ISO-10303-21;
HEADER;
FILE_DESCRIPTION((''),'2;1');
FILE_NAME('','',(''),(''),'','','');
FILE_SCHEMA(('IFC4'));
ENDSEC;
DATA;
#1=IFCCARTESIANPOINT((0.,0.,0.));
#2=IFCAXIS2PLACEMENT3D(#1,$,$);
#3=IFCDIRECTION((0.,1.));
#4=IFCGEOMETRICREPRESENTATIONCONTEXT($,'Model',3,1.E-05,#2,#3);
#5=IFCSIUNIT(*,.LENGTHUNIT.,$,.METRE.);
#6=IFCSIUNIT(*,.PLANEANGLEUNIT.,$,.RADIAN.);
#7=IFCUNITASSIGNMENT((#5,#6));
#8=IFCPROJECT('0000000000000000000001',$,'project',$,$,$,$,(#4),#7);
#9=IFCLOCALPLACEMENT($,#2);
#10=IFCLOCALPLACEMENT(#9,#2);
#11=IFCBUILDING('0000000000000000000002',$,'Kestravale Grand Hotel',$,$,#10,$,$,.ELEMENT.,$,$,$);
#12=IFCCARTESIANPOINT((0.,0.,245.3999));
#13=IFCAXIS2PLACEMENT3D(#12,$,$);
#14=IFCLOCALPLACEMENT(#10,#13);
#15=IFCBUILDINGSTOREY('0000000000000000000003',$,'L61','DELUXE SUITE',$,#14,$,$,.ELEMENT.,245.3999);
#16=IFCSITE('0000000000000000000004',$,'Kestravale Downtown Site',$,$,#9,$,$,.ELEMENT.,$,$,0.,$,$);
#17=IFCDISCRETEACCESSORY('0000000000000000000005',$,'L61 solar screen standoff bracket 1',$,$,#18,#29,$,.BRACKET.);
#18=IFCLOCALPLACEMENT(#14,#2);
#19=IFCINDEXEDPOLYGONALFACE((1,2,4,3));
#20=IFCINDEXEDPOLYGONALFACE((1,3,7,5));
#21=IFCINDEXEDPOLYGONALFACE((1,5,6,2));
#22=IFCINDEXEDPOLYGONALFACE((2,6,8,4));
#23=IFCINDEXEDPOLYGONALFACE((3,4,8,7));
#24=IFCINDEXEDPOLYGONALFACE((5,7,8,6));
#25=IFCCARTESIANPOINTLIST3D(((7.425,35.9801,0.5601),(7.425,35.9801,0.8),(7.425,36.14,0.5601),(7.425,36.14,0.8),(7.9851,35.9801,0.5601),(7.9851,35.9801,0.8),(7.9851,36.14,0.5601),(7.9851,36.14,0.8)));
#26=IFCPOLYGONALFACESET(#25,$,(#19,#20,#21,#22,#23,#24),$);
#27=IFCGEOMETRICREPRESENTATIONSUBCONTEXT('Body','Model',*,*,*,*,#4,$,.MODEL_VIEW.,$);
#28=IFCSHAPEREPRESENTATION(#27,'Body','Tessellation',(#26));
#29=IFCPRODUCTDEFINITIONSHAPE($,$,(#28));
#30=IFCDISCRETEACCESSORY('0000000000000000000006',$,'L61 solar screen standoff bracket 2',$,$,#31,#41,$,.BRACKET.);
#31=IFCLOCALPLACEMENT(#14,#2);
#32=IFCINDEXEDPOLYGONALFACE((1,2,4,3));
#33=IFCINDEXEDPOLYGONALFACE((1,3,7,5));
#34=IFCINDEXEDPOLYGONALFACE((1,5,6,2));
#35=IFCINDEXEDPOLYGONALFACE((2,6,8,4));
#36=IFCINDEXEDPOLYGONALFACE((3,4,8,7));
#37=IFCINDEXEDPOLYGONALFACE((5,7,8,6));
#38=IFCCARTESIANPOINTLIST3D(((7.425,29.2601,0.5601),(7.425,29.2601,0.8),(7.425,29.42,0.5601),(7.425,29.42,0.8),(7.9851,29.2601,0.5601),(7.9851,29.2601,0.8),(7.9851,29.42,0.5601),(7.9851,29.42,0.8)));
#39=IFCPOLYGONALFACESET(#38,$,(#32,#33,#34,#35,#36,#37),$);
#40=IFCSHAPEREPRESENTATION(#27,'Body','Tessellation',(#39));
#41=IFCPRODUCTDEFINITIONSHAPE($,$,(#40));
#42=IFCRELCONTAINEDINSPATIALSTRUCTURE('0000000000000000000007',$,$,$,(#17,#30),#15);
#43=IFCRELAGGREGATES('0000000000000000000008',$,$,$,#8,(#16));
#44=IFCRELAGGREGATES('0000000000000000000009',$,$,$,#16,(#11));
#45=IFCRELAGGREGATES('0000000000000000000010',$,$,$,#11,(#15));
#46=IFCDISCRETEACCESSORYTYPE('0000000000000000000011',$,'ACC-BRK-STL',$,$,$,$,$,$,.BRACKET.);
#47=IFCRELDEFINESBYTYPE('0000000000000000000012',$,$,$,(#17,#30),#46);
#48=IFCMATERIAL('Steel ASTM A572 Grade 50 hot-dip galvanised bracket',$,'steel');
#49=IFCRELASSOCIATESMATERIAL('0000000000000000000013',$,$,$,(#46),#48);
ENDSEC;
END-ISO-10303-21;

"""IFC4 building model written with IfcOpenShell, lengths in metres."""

from ifc_helpers import new_model, si_unit, direction, frame, origin, origin_2d, place, context, subcontext, project, spatial, rectangle, extrude, material, type_object, element, save


model = new_model("IFC4")

# Units and contexts
model_context = context("Model", 3, precision=1e-05, world=origin(), true_north=direction((0.0, 1.0)))
body_context = subcontext(model_context, "Body", "Model", "MODEL_VIEW")
ifc_project = project(units=[si_unit("LENGTHUNIT", "METRE"), si_unit("PLANEANGLEUNIT", "RADIAN")], contexts=[model_context])

# Site, building, storey
site_placement = place(None, origin())
site = spatial("IfcSite", under=ifc_project, at=site_placement, Name="Kestravale Downtown Site", CompositionType="ELEMENT", RefElevation=0.0)
building_placement = place(site_placement, origin())
building = spatial("IfcBuilding", under=site, at=building_placement, Name="Kestravale Grand Hotel", CompositionType="ELEMENT")
storey_placement = place(building_placement, frame((0.0, 0.0, 245.3999)))
storey = spatial("IfcBuildingStorey", under=building, at=storey_placement, Name="L61", Description="DELUXE SUITE", CompositionType="ELEMENT", Elevation=245.3999)

# Discrete accessories
ifc_material_1 = material(Name="Steel ASTM A572 Grade 50 hot-dip galvanised bracket", Category="steel")
discrete_accessory_type = type_object("IfcDiscreteAccessoryType", Name="ACC-BRK-STL", PredefinedType="BRACKET", material=ifc_material_1)
for number, where, z_axis, x_axis, name in (
    (1, (7.7051, 36.0601, 0.5601), (0.0, 0.0, 1.0), (0.0, -1.0, 0.0), "L61 solar screen standoff bracket 1"),
    (2, (7.7051, 29.3401, 0.5601), (0.0, 0.0, 1.0), (0.0, -1.0, 0.0), "L61 solar screen standoff bracket 2"),
):
    element("IfcDiscreteAccessory", number, at=place(storey_placement, frame(where, z_axis=z_axis, x_axis=x_axis)), inside=storey, type_object=discrete_accessory_type, Name=name, PredefinedType="BRACKET", context=body_context, shape_type="SweptSolid", body=[
        extrude(rectangle(XDim=0.1599, YDim=0.5601, at=origin_2d()), origin(), (0.0, 0.0, 1.0), 0.24),
    ])

save(model, "model.ifc")
